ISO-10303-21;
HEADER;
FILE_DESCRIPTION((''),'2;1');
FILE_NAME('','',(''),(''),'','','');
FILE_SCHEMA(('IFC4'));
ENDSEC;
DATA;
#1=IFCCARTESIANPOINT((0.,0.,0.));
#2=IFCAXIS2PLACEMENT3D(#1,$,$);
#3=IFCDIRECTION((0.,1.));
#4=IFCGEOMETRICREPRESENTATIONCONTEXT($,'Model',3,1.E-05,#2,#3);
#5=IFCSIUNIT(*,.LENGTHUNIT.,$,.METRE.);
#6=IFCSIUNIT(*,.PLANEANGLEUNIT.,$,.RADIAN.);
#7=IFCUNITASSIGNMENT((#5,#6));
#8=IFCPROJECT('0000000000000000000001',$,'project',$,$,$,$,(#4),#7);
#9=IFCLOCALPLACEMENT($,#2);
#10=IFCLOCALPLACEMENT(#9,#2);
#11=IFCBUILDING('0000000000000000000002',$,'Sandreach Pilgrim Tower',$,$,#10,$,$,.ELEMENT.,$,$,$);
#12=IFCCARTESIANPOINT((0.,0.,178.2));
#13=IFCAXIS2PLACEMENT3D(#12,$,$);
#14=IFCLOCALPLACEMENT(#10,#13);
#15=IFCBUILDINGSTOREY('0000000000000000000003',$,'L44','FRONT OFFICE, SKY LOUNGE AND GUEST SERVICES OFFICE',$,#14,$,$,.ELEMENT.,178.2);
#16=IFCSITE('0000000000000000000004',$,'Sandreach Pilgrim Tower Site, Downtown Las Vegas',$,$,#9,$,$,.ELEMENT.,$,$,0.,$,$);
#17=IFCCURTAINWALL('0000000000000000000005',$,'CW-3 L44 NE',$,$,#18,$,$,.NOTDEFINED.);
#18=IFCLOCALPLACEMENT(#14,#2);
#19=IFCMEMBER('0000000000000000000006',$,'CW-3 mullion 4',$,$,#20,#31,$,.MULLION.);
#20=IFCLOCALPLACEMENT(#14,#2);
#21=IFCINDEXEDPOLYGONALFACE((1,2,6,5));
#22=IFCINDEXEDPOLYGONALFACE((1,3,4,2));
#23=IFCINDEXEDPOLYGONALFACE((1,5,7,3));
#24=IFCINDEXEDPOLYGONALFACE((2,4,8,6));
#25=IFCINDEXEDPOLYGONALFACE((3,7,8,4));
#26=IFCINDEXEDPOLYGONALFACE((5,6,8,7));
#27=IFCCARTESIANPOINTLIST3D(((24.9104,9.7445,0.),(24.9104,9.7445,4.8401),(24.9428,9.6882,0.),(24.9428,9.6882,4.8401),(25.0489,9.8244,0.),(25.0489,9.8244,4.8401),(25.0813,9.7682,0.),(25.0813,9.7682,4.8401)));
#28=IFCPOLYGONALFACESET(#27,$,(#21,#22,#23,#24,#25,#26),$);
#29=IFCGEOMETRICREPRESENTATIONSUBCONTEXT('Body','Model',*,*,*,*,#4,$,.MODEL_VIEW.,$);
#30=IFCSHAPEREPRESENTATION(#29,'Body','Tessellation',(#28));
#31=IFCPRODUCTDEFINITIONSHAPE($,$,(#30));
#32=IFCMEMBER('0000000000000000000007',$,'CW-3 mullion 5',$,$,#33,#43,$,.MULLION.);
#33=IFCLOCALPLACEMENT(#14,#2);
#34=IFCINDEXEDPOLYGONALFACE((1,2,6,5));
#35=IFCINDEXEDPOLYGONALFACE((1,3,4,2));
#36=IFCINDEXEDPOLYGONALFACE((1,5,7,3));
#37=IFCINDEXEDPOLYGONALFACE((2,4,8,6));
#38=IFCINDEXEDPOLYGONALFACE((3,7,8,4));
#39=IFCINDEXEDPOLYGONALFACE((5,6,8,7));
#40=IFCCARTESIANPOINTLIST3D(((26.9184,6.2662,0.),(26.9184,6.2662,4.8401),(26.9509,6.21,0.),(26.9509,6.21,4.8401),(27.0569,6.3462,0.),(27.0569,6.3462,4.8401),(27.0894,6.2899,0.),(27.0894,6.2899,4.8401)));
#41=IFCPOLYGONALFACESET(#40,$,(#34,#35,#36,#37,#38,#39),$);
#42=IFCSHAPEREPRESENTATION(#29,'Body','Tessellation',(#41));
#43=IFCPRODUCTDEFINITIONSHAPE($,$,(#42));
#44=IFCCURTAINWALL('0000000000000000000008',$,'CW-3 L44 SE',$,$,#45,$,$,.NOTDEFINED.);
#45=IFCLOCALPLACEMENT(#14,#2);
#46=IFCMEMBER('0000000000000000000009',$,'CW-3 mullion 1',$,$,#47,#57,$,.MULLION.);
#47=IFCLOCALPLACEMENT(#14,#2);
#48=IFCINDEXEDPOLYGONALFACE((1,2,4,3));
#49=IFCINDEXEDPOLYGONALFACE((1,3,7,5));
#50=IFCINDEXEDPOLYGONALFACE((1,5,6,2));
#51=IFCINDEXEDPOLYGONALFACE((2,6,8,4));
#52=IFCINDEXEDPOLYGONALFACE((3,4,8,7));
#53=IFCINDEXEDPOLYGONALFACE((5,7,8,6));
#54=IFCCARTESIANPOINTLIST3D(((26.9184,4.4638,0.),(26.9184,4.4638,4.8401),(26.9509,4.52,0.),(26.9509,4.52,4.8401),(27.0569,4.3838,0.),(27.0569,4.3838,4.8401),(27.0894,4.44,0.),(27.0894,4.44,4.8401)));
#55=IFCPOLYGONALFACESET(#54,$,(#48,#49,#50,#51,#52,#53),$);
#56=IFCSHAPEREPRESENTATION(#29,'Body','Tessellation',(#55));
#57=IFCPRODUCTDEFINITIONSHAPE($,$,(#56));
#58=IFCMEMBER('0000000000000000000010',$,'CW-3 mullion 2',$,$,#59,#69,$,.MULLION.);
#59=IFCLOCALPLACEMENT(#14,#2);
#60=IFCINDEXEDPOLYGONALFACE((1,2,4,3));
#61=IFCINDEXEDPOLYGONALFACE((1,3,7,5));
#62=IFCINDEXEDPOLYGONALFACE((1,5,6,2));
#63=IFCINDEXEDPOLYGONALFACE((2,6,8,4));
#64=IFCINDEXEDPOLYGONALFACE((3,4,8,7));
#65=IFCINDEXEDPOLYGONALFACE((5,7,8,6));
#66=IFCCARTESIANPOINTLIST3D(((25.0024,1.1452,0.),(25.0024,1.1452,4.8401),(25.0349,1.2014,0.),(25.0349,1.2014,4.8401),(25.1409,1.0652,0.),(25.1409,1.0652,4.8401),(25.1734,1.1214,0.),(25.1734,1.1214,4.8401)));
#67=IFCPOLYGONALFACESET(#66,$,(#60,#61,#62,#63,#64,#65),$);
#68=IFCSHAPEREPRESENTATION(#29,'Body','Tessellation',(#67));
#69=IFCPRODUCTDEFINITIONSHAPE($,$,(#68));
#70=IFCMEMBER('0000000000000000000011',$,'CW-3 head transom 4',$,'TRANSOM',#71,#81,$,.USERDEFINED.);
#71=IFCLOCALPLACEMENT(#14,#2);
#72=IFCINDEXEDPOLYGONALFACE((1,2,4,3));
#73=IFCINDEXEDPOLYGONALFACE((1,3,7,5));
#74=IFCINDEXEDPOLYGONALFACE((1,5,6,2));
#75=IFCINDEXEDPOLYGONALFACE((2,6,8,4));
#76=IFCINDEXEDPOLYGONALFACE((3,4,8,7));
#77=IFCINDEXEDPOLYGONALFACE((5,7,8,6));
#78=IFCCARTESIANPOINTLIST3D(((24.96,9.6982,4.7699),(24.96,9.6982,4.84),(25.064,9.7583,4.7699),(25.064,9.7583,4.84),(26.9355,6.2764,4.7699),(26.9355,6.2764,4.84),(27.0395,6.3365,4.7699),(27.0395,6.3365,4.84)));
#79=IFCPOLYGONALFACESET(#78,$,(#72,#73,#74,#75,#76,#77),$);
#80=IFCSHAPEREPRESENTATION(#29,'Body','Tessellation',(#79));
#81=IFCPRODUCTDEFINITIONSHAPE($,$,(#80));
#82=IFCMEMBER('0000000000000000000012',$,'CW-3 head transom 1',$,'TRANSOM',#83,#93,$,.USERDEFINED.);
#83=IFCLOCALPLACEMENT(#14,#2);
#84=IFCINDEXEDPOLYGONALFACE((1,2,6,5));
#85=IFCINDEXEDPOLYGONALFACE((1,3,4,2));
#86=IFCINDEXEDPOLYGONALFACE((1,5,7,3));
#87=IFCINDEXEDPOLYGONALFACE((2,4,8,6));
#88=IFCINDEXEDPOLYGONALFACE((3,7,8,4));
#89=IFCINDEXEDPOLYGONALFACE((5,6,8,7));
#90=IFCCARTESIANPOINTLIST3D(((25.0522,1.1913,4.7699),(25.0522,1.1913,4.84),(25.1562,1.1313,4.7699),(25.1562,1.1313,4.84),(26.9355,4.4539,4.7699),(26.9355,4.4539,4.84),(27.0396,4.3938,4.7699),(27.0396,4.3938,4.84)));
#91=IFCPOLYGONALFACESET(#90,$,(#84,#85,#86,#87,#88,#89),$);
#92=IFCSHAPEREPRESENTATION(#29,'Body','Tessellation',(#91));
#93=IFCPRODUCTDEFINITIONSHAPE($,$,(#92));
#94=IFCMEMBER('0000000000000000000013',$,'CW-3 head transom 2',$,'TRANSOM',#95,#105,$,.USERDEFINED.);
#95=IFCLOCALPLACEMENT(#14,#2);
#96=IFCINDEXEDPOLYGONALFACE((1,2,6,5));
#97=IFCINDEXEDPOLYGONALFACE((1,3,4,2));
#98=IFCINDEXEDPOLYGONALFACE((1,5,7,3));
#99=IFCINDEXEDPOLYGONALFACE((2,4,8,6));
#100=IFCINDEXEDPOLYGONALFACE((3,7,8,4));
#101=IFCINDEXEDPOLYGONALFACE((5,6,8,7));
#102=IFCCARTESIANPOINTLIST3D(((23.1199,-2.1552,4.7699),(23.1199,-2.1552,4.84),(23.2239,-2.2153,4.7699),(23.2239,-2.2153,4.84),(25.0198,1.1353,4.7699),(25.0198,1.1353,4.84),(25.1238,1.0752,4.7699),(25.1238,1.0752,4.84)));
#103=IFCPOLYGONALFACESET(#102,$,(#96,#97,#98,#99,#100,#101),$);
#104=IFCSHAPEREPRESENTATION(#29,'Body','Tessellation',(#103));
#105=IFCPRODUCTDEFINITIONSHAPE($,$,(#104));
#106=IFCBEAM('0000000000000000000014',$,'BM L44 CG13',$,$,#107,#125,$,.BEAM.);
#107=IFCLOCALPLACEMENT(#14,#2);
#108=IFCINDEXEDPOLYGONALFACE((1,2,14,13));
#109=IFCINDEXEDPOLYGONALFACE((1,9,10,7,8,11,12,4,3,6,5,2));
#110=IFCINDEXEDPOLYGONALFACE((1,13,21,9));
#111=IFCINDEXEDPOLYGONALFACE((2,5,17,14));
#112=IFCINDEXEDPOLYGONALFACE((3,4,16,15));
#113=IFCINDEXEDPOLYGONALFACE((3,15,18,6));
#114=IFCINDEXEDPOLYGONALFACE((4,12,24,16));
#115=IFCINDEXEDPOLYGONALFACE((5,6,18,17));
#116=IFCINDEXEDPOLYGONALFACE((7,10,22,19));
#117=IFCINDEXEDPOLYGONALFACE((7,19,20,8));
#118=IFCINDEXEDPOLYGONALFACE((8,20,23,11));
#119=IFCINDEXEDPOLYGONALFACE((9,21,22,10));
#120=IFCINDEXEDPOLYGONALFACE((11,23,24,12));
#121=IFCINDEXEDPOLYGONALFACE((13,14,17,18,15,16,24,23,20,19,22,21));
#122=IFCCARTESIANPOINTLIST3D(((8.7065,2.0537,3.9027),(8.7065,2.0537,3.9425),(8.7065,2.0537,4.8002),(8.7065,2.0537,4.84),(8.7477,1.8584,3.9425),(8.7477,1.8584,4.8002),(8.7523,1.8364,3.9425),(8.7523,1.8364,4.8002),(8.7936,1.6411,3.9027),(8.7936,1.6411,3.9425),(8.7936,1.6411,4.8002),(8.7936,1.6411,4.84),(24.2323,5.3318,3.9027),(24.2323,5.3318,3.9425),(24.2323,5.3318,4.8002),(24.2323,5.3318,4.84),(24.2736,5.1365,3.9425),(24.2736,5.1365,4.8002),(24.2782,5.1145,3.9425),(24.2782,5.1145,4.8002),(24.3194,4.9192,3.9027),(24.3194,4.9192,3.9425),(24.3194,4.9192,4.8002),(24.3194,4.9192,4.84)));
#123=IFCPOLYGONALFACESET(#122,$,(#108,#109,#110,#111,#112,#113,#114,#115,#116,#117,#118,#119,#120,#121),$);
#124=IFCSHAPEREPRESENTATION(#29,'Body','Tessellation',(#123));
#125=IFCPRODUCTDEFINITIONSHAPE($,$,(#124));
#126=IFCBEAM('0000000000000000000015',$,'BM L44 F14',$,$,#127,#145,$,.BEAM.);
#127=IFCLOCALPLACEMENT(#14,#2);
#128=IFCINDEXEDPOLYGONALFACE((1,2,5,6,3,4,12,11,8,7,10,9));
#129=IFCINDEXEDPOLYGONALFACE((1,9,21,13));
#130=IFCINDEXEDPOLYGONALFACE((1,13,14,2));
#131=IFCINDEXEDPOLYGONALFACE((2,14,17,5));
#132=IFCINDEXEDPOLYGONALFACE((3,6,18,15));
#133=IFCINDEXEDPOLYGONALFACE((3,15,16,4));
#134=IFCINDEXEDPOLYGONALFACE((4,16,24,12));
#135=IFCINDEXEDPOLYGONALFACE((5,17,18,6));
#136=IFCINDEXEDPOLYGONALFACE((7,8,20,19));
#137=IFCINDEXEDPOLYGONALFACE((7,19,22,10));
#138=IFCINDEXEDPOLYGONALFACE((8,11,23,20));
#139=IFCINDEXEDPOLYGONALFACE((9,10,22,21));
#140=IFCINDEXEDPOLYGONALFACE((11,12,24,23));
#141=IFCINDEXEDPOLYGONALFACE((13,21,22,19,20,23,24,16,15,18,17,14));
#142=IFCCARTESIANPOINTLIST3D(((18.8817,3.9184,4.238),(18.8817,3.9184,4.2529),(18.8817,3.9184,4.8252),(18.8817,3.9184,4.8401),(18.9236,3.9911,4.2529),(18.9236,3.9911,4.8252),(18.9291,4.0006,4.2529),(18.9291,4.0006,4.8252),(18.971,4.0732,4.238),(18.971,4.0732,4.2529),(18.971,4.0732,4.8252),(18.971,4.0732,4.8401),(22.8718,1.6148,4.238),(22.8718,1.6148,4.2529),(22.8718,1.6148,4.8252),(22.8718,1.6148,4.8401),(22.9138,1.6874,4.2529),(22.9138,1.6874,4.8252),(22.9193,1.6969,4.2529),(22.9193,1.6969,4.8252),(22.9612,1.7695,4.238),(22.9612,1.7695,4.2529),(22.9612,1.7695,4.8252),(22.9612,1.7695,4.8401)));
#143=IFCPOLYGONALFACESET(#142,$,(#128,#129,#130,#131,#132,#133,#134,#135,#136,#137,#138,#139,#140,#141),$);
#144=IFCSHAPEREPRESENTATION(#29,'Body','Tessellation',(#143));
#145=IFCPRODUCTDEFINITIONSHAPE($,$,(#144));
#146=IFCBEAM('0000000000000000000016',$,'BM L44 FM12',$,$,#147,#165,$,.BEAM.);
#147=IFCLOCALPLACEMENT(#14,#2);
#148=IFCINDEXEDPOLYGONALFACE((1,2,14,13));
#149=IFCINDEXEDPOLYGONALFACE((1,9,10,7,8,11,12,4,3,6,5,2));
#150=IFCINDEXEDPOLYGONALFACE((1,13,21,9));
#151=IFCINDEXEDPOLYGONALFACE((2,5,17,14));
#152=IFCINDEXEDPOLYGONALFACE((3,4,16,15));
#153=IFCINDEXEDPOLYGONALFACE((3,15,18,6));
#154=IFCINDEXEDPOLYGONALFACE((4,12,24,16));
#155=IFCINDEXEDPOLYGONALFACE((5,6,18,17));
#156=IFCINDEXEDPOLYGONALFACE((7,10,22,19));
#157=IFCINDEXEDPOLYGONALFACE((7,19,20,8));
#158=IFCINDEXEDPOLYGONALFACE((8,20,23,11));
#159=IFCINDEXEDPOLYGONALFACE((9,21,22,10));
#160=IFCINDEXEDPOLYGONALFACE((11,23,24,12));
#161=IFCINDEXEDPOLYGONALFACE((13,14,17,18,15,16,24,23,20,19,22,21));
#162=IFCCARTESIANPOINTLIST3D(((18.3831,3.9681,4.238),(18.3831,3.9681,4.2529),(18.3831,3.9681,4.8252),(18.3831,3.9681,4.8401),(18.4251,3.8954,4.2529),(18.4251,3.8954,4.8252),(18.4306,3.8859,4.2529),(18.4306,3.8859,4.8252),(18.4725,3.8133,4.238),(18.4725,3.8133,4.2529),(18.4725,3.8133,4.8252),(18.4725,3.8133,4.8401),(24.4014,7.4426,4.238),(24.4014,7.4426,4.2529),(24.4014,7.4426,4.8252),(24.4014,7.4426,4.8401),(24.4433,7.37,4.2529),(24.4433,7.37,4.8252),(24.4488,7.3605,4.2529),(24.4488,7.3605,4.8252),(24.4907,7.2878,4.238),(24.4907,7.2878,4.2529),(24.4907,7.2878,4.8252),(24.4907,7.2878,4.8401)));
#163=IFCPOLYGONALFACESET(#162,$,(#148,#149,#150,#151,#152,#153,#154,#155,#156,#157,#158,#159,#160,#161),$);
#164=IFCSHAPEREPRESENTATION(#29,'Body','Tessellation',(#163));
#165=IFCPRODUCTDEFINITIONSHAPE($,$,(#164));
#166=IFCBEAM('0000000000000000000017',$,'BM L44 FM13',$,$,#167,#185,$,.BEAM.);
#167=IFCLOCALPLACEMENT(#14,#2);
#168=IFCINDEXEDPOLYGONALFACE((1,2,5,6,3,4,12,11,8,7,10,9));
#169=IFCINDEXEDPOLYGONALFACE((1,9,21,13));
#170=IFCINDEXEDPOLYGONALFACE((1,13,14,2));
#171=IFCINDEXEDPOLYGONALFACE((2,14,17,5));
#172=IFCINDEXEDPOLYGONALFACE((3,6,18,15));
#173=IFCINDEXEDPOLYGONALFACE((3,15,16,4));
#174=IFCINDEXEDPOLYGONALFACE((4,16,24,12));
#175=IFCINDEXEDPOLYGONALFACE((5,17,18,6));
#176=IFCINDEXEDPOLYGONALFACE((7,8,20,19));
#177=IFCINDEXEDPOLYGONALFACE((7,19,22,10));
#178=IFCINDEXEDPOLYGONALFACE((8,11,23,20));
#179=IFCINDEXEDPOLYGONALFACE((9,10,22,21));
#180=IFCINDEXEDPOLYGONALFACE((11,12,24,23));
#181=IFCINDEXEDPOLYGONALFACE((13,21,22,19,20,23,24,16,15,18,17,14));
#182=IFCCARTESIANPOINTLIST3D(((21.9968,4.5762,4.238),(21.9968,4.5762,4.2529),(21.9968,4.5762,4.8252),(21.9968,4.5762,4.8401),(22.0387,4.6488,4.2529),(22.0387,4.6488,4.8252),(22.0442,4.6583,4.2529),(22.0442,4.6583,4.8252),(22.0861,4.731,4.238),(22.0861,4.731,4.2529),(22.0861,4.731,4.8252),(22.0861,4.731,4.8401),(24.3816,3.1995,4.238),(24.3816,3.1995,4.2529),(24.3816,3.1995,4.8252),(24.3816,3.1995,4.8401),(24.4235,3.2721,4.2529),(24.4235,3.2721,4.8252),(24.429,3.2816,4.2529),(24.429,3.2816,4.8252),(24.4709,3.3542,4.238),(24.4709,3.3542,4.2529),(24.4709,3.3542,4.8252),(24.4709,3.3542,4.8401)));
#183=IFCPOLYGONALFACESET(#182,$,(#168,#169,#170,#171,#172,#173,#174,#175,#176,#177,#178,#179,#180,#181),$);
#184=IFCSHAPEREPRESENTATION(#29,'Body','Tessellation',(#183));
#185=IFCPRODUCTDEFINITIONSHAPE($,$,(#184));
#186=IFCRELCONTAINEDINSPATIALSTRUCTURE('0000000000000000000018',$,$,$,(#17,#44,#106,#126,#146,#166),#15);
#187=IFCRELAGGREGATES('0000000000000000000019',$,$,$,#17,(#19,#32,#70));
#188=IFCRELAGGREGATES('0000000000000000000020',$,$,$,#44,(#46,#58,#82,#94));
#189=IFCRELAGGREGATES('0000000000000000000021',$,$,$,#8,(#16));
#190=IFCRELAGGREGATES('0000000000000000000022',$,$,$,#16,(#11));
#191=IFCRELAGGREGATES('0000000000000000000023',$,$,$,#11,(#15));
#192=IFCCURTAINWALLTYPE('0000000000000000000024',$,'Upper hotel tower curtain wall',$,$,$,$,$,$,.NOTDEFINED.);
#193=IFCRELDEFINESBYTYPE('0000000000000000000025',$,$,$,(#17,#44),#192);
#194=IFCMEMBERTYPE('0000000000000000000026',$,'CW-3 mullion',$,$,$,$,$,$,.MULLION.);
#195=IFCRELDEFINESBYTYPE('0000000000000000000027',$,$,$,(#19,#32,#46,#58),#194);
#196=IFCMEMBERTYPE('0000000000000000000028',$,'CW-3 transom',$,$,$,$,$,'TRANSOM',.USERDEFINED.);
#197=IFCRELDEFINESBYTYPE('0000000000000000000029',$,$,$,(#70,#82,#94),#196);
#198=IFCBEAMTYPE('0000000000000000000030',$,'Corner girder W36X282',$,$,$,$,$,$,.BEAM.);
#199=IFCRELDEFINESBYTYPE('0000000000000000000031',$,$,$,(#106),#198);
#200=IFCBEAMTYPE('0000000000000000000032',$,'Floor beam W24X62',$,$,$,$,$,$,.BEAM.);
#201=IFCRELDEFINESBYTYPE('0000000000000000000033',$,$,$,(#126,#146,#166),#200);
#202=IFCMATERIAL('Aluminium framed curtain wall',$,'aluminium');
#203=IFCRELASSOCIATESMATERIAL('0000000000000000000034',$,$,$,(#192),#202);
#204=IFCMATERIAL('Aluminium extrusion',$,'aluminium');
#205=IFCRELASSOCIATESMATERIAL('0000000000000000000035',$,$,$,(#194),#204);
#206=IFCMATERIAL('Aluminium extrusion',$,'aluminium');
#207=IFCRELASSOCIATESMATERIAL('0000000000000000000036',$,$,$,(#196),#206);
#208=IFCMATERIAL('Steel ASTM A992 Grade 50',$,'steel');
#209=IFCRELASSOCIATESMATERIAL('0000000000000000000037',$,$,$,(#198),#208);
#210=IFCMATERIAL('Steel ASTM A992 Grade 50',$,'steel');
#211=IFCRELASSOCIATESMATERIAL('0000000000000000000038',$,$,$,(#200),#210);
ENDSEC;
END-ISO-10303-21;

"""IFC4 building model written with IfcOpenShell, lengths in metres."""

from ifc_helpers import new_model, si_unit, direction, frame, origin, origin_2d, place, context, subcontext, project, spatial, rectangle, i_section, extrude, material, material_profile, profile_set, type_object, element, aggregate, save


model = new_model("IFC4")

# Units and contexts
model_context = context("Model", 3, precision=1e-05, world=origin(), true_north=direction((0.0, 1.0)))
body_context = subcontext(model_context, "Body", "Model", "MODEL_VIEW")
ifc_project = project(units=[si_unit("LENGTHUNIT", "METRE"), si_unit("PLANEANGLEUNIT", "RADIAN")], contexts=[model_context])

# Site, building, storey
site_placement = place(None, origin())
site = spatial("IfcSite", under=ifc_project, at=site_placement, Name="Sandreach Pilgrim Tower Site, Downtown Las Vegas", CompositionType="ELEMENT", RefElevation=0.0)
building_placement = place(site_placement, origin())
building = spatial("IfcBuilding", under=site, at=building_placement, Name="Sandreach Pilgrim Tower", CompositionType="ELEMENT")
storey_placement = place(building_placement, frame((0.0, 0.0, 178.2)))
storey = spatial("IfcBuildingStorey", under=building, at=storey_placement, Name="L44", Description="FRONT OFFICE, SKY LOUNGE AND GUEST SERVICES OFFICE", CompositionType="ELEMENT", Elevation=178.2)

# Curtain walls, members
ifc_material_1 = material(Name="Aluminium framed curtain wall", Category="aluminium")
curtain_wall_type = type_object("IfcCurtainWallType", Name="Upper hotel tower curtain wall", PredefinedType="NOTDEFINED", material=ifc_material_1)
curtain_wall_1_placement = place(storey_placement, origin())
curtain_wall_1 = element("IfcCurtainWall", 1, at=curtain_wall_1_placement, inside=storey, type_object=curtain_wall_type, Name="CW-3 L44 NE", PredefinedType="NOTDEFINED")
ifc_material_2 = material(Name="Aluminium extrusion", Category="aluminium")
ifc_material_profile_1 = material_profile(ifc_material_2, rectangle(XDim=0.0649, YDim=0.1599, at=origin_2d()), Name="CW-3M 65X160")
ifc_profile_set_1 = profile_set([ifc_material_profile_1], Name="Aluminium extrusion")
member_type_1 = type_object("IfcMemberType", Name="CW-3 mullion", PredefinedType="MULLION", material=ifc_profile_set_1)
member_1_placement = place(storey_placement, frame((24.9958, 9.7563, 0.0), z_axis=(0.0, 0.0, 1.0), x_axis=(0.5, -0.866025, 0.0)))
member_1 = element("IfcMember", 2, at=member_1_placement, type_object=member_type_1, Name="CW-3 mullion 4", PredefinedType="MULLION", context=body_context, shape_type="SweptSolid", body=[
    extrude(rectangle(XDim=0.0649, YDim=0.1599, at=origin_2d()), origin(), (0.0, 0.0, 1.0), 4.8401),
])
member_2_placement = place(storey_placement, frame((27.0039, 6.2781, 0.0), z_axis=(0.0, 0.0, 1.0), x_axis=(0.5, -0.866025, 0.0)))
member_2 = element("IfcMember", 3, at=member_2_placement, type_object=member_type_1, Name="CW-3 mullion 5", PredefinedType="MULLION", context=body_context, shape_type="SweptSolid", body=[
    extrude(rectangle(XDim=0.0649, YDim=0.1599, at=origin_2d()), origin(), (0.0, 0.0, 1.0), 4.8401),
])
curtain_wall_2_placement = place(storey_placement, origin())
curtain_wall_2 = element("IfcCurtainWall", 4, at=curtain_wall_2_placement, inside=storey, type_object=curtain_wall_type, Name="CW-3 L44 SE", PredefinedType="NOTDEFINED")
member_3_placement = place(storey_placement, frame((27.0039, 4.4519, 0.0), z_axis=(0.0, 0.0, 1.0), x_axis=(-0.5, -0.866025, 0.0)))
member_3 = element("IfcMember", 5, at=member_3_placement, type_object=member_type_1, Name="CW-3 mullion 1", PredefinedType="MULLION", context=body_context, shape_type="SweptSolid", body=[
    extrude(rectangle(XDim=0.0649, YDim=0.1599, at=origin_2d()), origin(), (0.0, 0.0, 1.0), 4.8401),
])
member_4_placement = place(storey_placement, frame((25.0879, 1.1333, 0.0), z_axis=(0.0, 0.0, 1.0), x_axis=(-0.5, -0.866025, 0.0)))
member_4 = element("IfcMember", 6, at=member_4_placement, type_object=member_type_1, Name="CW-3 mullion 2", PredefinedType="MULLION", context=body_context, shape_type="SweptSolid", body=[
    extrude(rectangle(XDim=0.0649, YDim=0.1599, at=origin_2d()), origin(), (0.0, 0.0, 1.0), 4.8401),
])

# Members
ifc_material_3 = material(Name="Aluminium extrusion", Category="aluminium")
ifc_material_profile_2 = material_profile(ifc_material_3, rectangle(XDim=0.1201, YDim=0.0701, at=origin_2d()), Name="CW-3T 120X70")
ifc_profile_set_2 = profile_set([ifc_material_profile_2], Name="Aluminium extrusion")
member_type_2 = type_object("IfcMemberType", Name="CW-3 transom", ElementType="TRANSOM", PredefinedType="USERDEFINED", material=ifc_profile_set_2)
member_5_placement = place(storey_placement, frame((25.012, 9.7283, 4.8049), z_axis=(0.499993, -0.866029, 0.0), x_axis=(0.866029, 0.499993, 0.0)))
member_5 = element("IfcMember", 7, at=member_5_placement, type_object=member_type_2, Name="CW-3 head transom 4", ObjectType="TRANSOM", PredefinedType="USERDEFINED", context=body_context, shape_type="SweptSolid", body=[
    extrude(rectangle(XDim=0.1201, YDim=0.0701, at=origin_2d()), origin(), (0.0, 0.0, 1.0), 3.9512),
])
member_6_placement = place(storey_placement, frame((26.9875, 4.4238, 4.8049), z_axis=(-0.499945, -0.866057, 0.0), x_axis=(0.866057, -0.499945, 0.0)))
member_6 = element("IfcMember", 8, at=member_6_placement, type_object=member_type_2, Name="CW-3 head transom 1", ObjectType="TRANSOM", PredefinedType="USERDEFINED", context=body_context, shape_type="SweptSolid", body=[
    extrude(rectangle(XDim=0.1201, YDim=0.0701, at=origin_2d()), origin(), (0.0, 0.0, 1.0), 3.7671),
])
member_7_placement = place(storey_placement, frame((25.0718, 1.1052, 4.8049), z_axis=(-0.500023, -0.866012, 0.0), x_axis=(0.866012, -0.500023, 0.0)))
member_7 = element("IfcMember", 9, at=member_7_placement, type_object=member_type_2, Name="CW-3 head transom 2", ObjectType="TRANSOM", PredefinedType="USERDEFINED", context=body_context, shape_type="SweptSolid", body=[
    extrude(rectangle(XDim=0.1201, YDim=0.0701, at=origin_2d()), origin(), (0.0, 0.0, 1.0), 3.7996),
])

# Beams
ifc_material_4 = material(Name="Steel ASTM A992 Grade 50", Category="steel")
ifc_material_profile_3 = material_profile(ifc_material_4, i_section(OverallWidth=0.4216, OverallDepth=0.9373, WebThickness=0.0225, FlangeThickness=0.0398, at=origin_2d()), Name="W36X282")
ifc_profile_set_3 = profile_set([ifc_material_profile_3], Name="Steel ASTM A992 Grade 50")
beam_type_1 = type_object("IfcBeamType", Name="Corner girder W36X282", PredefinedType="BEAM", material=ifc_profile_set_3)
beam_1_placement = place(storey_placement, frame((24.2759, 5.1255, 4.3713), z_axis=(-0.978429, -0.206582, 0.0), x_axis=(0.206582, -0.978429, 0.0)))
element("IfcBeam", 10, at=beam_1_placement, inside=storey, type_object=beam_type_1, Name="BM L44 CG13", PredefinedType="BEAM", context=body_context, shape_type="SweptSolid", body=[
    extrude(i_section(OverallWidth=0.4216, OverallDepth=0.9373, WebThickness=0.0225, FlangeThickness=0.0398, at=origin_2d()), origin(), (0.0, 0.0, 1.0), 15.8682),
])
ifc_material_5 = material(Name="Steel ASTM A992 Grade 50", Category="steel")
ifc_material_profile_4 = material_profile(ifc_material_5, i_section(OverallWidth=0.1787, OverallDepth=0.6021, WebThickness=0.011, FlangeThickness=0.0149, at=origin_2d()), Name="W24X62")
ifc_profile_set_4 = profile_set([ifc_material_profile_4], Name="Steel ASTM A992 Grade 50")
beam_type_2 = type_object("IfcBeamType", Name="Floor beam W24X62", PredefinedType="BEAM", material=ifc_profile_set_4)
beam_2_placement = place(storey_placement, frame((22.9165, 1.6921, 4.5391), z_axis=(-0.86603, 0.499992, 0.0), x_axis=(-0.499992, -0.86603, 0.0)))
element("IfcBeam", 11, at=beam_2_placement, inside=storey, type_object=beam_type_2, Name="BM L44 F14", PredefinedType="BEAM", context=body_context, shape_type="SweptSolid", body=[
    extrude(i_section(OverallWidth=0.1787, OverallDepth=0.6021, WebThickness=0.011, FlangeThickness=0.0149, at=origin_2d()), origin(), (0.0, 0.0, 1.0), 4.6074),
])
beam_3_placement = place(storey_placement, frame((24.446, 7.3652, 4.5391), z_axis=(-0.866029, -0.499993, 0.0), x_axis=(0.499993, -0.866029, 0.0)))
element("IfcBeam", 12, at=beam_3_placement, inside=storey, type_object=beam_type_2, Name="BM L44 FM12", PredefinedType="BEAM", context=body_context, shape_type="SweptSolid", body=[
    extrude(i_section(OverallWidth=0.1787, OverallDepth=0.6021, WebThickness=0.011, FlangeThickness=0.0149, at=origin_2d()), origin(), (0.0, 0.0, 1.0), 6.9492),
])
beam_4_placement = place(storey_placement, frame((24.4263, 3.2769, 4.5391), z_axis=(-0.866047, 0.499963, 0.0), x_axis=(-0.499963, -0.866047, 0.0)))
element("IfcBeam", 13, at=beam_4_placement, inside=storey, type_object=beam_type_2, Name="BM L44 FM13", PredefinedType="BEAM", context=body_context, shape_type="SweptSolid", body=[
    extrude(i_section(OverallWidth=0.1787, OverallDepth=0.6021, WebThickness=0.011, FlangeThickness=0.0149, at=origin_2d()), origin(), (0.0, 0.0, 1.0), 2.7537),
])

aggregate(curtain_wall_1, [member_1, member_2, member_5])
aggregate(curtain_wall_2, [member_3, member_4, member_6, member_7])

save(model, "model.ifc")
